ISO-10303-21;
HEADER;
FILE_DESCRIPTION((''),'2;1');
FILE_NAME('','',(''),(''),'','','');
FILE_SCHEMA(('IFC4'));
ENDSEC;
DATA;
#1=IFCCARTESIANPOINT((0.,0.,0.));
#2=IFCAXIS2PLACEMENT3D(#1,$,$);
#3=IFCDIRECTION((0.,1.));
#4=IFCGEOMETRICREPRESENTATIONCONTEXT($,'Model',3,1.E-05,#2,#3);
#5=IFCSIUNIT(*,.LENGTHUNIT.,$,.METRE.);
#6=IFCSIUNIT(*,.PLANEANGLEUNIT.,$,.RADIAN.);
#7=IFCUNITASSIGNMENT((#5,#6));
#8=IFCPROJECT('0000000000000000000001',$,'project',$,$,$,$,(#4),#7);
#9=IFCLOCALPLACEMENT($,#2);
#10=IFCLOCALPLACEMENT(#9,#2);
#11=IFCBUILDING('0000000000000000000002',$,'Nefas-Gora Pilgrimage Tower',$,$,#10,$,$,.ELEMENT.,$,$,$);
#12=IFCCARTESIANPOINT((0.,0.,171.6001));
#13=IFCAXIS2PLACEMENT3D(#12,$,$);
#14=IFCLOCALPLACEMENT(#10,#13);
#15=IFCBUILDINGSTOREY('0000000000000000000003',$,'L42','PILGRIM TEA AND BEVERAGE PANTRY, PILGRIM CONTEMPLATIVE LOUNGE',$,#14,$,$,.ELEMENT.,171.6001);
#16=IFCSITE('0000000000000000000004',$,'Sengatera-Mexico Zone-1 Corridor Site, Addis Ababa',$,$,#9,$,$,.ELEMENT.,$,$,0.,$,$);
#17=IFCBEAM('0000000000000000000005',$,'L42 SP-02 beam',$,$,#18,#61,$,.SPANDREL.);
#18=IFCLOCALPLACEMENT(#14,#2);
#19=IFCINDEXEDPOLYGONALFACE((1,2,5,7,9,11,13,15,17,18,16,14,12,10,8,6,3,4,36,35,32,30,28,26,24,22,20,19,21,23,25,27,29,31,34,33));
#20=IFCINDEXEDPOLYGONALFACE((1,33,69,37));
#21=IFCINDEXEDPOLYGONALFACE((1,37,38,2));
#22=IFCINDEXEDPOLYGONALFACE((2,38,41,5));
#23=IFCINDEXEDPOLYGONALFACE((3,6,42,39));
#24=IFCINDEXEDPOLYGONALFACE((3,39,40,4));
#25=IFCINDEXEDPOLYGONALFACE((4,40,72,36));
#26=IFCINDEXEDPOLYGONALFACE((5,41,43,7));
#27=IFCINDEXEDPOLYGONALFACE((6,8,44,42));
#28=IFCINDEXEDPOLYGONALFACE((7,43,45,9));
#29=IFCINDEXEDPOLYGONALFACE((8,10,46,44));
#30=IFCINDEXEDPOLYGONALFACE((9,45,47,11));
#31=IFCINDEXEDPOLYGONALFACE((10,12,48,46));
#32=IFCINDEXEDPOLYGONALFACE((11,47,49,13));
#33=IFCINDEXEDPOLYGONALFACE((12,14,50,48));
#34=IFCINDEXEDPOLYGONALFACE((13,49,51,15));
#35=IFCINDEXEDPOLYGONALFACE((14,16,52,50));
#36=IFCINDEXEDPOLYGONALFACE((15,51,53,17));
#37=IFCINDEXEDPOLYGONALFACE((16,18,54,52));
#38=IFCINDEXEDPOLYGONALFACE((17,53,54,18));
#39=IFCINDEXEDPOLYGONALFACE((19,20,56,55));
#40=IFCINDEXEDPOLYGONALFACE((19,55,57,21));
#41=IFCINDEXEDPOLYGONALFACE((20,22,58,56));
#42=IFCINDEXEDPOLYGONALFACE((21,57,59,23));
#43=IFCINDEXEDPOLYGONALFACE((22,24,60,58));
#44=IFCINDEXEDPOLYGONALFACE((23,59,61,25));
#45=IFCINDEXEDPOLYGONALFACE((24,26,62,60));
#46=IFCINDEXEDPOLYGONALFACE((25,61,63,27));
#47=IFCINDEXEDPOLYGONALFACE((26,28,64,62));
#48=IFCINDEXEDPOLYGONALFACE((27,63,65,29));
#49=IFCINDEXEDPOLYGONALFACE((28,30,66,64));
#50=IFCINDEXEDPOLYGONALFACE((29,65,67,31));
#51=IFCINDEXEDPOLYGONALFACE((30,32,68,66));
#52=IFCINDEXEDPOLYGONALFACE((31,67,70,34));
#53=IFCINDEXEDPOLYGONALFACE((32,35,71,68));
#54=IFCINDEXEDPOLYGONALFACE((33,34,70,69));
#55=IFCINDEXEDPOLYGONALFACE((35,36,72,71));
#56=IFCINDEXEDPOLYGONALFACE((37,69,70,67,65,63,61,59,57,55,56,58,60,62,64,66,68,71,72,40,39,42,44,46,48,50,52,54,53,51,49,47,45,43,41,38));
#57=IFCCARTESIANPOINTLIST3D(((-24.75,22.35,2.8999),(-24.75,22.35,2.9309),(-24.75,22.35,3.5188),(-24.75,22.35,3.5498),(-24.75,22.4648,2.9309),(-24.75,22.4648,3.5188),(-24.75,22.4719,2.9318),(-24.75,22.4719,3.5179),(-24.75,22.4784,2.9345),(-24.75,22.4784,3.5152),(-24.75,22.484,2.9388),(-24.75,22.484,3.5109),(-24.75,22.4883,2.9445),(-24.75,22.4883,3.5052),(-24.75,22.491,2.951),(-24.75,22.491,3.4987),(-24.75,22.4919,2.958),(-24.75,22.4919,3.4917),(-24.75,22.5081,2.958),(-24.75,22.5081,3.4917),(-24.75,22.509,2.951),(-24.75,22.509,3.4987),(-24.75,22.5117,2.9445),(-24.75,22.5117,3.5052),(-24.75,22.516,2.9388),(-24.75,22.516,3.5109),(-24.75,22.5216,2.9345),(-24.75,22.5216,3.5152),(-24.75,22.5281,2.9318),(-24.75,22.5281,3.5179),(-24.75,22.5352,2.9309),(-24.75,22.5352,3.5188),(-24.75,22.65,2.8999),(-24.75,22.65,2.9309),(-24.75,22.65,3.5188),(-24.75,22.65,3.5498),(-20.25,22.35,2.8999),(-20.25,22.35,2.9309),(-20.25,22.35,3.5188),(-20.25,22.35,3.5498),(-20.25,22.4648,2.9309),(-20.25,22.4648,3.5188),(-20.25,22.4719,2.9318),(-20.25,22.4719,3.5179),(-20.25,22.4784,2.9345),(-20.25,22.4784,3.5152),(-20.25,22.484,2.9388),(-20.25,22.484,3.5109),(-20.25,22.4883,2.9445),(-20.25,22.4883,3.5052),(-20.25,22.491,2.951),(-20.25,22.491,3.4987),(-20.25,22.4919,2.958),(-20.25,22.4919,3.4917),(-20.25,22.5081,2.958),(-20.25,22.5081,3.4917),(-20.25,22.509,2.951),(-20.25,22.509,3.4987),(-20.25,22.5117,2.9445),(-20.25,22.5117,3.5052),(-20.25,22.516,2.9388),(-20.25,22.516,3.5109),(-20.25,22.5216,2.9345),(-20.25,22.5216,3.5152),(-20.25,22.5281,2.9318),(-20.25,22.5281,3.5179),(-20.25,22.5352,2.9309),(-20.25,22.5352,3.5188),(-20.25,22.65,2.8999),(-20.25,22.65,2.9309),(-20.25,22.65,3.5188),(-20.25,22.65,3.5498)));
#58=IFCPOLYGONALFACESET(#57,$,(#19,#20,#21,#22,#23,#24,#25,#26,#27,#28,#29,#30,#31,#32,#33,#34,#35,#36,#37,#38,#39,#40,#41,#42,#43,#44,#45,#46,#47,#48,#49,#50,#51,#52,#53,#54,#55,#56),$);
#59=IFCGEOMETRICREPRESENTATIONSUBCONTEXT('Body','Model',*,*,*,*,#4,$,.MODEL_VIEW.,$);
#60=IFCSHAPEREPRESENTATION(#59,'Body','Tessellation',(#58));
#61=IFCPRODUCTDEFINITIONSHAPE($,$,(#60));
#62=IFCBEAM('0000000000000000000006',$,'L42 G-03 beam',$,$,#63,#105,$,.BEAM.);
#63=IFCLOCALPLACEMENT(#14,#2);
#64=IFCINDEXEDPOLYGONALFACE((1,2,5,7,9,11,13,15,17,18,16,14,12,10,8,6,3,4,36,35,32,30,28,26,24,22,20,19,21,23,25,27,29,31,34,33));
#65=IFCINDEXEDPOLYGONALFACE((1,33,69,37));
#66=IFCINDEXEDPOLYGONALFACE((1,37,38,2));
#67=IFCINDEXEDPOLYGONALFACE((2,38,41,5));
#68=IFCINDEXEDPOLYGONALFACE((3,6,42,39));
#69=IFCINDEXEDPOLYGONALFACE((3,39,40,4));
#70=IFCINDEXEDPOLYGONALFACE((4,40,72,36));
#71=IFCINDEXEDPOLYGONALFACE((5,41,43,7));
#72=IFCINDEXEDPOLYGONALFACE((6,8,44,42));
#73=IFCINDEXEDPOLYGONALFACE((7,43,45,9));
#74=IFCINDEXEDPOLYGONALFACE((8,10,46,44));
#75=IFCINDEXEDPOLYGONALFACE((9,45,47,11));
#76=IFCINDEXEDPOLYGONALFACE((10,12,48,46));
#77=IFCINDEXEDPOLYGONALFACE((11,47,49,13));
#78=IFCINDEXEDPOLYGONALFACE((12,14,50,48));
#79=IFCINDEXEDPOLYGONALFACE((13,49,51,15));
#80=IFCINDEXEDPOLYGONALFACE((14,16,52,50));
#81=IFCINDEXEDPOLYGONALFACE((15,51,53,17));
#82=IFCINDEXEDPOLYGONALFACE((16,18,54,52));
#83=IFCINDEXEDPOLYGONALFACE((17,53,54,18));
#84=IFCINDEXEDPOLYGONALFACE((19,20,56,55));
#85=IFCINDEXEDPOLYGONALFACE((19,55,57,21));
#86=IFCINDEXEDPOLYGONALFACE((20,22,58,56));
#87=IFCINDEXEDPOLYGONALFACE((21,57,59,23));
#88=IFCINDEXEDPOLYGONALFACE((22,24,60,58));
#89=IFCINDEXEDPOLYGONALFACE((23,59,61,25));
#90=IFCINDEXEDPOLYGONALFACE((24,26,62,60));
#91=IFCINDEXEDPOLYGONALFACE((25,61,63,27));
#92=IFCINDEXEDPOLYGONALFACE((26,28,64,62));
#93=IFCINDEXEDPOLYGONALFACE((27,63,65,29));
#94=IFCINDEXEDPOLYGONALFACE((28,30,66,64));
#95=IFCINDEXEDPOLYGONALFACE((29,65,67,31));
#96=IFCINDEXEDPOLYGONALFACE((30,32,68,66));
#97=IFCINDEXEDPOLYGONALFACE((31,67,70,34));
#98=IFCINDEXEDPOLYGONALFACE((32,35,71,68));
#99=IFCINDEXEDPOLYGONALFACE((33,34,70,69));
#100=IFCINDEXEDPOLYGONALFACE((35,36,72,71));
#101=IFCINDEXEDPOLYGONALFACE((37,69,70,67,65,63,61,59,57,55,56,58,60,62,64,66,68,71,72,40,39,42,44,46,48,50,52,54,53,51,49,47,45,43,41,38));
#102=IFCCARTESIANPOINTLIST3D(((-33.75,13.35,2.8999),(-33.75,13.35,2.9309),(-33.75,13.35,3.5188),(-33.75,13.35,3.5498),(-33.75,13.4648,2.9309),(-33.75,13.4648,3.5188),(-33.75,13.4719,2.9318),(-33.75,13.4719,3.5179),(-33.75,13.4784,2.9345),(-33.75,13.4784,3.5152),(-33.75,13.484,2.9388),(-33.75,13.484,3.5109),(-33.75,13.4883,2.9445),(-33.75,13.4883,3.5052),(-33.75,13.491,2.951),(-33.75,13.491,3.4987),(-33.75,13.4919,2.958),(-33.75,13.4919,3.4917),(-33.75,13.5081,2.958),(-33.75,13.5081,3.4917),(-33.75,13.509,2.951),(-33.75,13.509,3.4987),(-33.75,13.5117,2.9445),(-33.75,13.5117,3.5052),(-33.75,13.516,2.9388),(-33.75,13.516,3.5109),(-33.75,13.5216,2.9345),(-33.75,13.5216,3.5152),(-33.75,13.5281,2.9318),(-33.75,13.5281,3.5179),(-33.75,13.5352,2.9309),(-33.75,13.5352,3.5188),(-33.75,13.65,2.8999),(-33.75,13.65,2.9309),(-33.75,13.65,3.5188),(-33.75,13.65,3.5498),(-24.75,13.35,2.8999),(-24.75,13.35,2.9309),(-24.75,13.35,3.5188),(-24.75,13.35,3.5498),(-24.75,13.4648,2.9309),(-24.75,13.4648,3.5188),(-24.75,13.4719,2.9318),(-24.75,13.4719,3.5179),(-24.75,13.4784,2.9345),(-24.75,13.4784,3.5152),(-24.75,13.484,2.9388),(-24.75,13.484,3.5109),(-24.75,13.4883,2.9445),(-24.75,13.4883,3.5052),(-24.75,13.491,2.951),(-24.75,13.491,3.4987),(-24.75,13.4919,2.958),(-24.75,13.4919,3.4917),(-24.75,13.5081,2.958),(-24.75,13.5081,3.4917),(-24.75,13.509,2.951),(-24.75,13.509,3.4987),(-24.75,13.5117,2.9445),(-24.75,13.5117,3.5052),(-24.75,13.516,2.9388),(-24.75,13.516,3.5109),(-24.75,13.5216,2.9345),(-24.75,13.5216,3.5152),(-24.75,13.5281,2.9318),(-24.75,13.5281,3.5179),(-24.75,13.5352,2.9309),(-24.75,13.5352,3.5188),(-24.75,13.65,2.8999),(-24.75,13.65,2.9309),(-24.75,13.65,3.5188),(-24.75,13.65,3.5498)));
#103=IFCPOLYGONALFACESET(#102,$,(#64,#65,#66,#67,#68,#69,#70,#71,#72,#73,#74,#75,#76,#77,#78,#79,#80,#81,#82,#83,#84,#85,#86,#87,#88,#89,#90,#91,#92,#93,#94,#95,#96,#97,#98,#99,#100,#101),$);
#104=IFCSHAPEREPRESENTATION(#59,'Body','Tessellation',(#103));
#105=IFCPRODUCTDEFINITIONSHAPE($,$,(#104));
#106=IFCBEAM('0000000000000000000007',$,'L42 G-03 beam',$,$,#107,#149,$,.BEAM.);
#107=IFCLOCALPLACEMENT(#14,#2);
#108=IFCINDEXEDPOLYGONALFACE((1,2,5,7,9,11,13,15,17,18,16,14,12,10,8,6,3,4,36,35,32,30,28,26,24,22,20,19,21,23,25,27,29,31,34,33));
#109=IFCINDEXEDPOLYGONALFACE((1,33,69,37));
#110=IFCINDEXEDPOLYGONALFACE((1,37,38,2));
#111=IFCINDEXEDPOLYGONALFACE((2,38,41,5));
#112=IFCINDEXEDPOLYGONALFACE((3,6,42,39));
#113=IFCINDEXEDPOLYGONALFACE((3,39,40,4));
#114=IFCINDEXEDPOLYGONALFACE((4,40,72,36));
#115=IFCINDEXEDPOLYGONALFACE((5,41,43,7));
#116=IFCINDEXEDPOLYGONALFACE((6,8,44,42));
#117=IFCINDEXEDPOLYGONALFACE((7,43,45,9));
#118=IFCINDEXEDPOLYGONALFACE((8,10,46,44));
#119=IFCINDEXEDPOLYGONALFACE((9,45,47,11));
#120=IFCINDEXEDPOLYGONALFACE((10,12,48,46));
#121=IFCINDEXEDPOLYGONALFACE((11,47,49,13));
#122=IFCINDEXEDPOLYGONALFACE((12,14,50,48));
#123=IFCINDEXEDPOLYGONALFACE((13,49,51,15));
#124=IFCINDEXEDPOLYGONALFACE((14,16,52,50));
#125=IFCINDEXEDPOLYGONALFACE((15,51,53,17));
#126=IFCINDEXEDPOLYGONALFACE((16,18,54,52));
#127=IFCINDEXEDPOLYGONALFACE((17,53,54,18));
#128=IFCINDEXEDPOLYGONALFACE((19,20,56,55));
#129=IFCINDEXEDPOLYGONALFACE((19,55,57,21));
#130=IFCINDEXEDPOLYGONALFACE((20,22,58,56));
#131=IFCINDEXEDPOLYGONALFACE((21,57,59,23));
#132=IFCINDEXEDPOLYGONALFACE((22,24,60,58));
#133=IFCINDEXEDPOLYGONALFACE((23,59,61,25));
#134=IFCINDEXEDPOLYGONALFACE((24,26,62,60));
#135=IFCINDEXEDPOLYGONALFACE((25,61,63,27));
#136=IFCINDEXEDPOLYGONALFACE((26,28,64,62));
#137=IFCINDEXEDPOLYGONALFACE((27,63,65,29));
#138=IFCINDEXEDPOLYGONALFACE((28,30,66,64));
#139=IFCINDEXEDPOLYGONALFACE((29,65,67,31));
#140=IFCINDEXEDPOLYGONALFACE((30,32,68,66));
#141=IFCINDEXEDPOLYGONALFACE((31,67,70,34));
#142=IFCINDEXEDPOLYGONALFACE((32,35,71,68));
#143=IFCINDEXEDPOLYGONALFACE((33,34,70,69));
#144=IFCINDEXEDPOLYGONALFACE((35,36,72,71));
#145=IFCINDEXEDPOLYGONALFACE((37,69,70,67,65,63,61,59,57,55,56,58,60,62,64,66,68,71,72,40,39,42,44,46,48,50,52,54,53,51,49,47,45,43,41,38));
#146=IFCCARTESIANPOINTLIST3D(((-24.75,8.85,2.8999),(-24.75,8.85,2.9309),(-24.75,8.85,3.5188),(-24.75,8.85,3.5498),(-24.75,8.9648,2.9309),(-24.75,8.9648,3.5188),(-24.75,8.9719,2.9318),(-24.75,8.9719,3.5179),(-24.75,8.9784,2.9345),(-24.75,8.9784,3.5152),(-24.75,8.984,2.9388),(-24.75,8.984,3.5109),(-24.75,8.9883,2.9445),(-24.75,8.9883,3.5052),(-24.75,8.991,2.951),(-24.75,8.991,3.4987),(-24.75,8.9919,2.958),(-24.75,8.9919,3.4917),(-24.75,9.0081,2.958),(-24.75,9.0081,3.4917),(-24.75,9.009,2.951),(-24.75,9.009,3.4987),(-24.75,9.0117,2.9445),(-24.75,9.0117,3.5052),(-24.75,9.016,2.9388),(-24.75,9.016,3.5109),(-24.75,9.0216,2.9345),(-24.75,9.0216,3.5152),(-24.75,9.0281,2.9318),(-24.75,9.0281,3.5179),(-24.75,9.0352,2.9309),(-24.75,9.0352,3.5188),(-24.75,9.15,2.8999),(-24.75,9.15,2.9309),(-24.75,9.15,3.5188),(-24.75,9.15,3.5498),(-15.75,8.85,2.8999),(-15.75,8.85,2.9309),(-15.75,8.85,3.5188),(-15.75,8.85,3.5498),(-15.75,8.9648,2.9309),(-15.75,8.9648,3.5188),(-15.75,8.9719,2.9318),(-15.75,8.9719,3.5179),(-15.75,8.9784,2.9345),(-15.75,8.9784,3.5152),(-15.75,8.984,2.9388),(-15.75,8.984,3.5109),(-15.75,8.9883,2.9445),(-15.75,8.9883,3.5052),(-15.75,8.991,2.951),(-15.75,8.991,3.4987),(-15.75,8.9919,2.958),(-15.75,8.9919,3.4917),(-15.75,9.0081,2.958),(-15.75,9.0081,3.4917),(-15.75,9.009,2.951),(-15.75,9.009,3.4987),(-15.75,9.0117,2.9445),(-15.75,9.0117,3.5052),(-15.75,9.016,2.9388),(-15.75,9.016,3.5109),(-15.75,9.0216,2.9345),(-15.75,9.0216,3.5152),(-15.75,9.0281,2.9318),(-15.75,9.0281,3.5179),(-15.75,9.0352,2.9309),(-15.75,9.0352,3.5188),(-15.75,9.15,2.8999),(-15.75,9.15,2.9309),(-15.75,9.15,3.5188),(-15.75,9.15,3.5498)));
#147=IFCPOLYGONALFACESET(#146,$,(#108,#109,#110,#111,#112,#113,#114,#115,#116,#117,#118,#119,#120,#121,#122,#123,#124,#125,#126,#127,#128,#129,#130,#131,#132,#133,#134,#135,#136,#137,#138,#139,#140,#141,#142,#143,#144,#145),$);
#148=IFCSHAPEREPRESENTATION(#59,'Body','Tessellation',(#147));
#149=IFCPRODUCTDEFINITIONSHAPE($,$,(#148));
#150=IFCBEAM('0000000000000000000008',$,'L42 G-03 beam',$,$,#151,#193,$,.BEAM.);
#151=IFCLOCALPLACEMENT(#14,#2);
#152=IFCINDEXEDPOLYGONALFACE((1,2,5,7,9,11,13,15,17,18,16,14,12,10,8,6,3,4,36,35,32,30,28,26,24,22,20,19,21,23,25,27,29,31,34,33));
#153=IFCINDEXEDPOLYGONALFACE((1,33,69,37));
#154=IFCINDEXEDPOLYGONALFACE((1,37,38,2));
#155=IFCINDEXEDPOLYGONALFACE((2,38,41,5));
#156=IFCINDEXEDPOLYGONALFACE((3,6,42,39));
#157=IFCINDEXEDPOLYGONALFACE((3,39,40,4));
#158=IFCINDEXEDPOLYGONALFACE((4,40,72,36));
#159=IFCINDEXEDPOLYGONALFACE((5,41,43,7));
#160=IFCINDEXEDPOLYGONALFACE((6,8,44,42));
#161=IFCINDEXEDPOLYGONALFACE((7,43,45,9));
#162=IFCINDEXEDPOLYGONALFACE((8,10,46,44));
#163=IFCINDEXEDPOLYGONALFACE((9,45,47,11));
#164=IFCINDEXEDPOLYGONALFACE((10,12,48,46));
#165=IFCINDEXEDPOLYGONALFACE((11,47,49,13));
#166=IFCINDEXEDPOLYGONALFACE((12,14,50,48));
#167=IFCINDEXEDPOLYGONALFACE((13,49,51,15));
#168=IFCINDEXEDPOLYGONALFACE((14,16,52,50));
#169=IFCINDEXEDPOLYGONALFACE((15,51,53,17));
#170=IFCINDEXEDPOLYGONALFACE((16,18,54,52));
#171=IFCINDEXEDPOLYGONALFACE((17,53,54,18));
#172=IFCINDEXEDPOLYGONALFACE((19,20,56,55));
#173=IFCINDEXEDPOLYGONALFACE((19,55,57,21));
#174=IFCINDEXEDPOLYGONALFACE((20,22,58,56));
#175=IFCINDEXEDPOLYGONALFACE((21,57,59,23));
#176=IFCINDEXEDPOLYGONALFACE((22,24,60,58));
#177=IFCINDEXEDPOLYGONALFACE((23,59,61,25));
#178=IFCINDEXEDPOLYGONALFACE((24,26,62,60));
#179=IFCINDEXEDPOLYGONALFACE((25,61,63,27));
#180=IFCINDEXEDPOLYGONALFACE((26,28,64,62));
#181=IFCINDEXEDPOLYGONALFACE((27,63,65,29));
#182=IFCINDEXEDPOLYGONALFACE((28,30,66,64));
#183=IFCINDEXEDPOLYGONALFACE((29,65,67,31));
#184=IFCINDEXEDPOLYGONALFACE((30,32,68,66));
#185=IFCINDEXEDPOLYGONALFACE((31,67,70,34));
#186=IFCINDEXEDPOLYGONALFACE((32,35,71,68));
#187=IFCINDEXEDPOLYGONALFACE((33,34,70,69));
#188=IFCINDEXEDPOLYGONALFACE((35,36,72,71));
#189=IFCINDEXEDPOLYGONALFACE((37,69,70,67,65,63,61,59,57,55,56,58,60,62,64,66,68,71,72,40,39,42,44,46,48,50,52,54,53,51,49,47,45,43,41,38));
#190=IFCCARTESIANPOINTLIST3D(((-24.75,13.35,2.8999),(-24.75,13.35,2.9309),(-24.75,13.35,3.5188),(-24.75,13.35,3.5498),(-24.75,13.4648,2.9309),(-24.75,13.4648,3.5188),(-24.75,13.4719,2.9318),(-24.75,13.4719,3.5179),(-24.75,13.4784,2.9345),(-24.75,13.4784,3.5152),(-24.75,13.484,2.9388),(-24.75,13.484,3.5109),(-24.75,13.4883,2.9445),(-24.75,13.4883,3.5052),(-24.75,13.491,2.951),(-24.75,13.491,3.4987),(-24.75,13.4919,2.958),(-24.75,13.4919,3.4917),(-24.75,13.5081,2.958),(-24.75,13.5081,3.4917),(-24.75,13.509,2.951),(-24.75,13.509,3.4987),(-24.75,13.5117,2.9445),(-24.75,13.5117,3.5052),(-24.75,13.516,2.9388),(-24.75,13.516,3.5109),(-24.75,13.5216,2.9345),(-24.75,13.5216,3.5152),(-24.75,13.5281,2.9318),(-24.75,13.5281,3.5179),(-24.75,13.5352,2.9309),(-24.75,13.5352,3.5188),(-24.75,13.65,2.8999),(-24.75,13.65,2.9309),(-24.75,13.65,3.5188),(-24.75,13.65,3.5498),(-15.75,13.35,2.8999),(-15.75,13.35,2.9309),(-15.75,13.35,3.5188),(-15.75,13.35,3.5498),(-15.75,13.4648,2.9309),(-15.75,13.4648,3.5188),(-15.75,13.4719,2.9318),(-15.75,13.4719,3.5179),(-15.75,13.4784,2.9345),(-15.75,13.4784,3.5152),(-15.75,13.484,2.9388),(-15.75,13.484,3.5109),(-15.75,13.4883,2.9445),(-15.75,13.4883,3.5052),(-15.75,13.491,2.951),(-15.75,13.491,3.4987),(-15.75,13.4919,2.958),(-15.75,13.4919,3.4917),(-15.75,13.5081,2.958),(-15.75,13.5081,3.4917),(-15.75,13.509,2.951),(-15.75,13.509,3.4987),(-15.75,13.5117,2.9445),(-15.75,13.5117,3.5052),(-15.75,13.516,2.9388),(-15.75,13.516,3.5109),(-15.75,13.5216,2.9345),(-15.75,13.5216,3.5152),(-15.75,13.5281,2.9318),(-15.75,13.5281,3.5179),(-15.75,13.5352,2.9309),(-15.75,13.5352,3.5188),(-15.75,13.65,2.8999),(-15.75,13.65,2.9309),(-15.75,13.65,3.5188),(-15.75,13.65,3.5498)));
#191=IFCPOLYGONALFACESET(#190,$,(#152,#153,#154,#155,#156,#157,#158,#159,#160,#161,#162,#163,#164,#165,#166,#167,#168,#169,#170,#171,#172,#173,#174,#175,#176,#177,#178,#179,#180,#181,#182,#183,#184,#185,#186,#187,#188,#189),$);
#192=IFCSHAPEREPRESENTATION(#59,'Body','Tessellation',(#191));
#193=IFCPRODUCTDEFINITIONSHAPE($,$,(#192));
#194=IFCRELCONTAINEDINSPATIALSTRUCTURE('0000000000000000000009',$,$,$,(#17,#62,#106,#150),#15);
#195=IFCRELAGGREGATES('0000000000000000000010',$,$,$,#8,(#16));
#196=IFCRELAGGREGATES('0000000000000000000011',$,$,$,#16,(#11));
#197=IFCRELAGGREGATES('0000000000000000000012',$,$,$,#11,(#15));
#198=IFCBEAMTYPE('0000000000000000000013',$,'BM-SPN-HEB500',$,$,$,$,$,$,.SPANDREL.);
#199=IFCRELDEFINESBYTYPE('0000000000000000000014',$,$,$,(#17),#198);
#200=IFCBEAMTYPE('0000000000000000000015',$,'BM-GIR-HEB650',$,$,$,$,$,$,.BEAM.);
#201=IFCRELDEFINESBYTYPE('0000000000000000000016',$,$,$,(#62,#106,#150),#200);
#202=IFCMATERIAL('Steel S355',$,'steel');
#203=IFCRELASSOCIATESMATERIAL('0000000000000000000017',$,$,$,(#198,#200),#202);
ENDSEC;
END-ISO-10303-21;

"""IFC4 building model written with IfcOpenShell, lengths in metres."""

from ifc_helpers import new_model, si_unit, direction, frame, origin, origin_2d, place, context, subcontext, project, spatial, i_section, extrude, source, transform, mapped, material, material_profile, profile_set, type_object, element, save


model = new_model("IFC4")

# Units and contexts
model_context = context("Model", 3, precision=1e-05, world=origin(), true_north=direction((0.0, 1.0)))
body_context = subcontext(model_context, "Body", "Model", "MODEL_VIEW")
ifc_project = project(units=[si_unit("LENGTHUNIT", "METRE"), si_unit("PLANEANGLEUNIT", "RADIAN")], contexts=[model_context])

# Site, building, storey
site_placement = place(None, origin())
site = spatial("IfcSite", under=ifc_project, at=site_placement, Name="Sengatera-Mexico Zone-1 Corridor Site, Addis Ababa", CompositionType="ELEMENT", RefElevation=0.0)
building_placement = place(site_placement, origin())
building = spatial("IfcBuilding", under=site, at=building_placement, Name="Nefas-Gora Pilgrimage Tower", CompositionType="ELEMENT")
storey_placement = place(building_placement, frame((0.0, 0.0, 171.6001)))
storey = spatial("IfcBuildingStorey", under=building, at=storey_placement, Name="L42", Description="PILGRIM TEA AND BEVERAGE PANTRY, PILGRIM CONTEMPLATIVE LOUNGE", CompositionType="ELEMENT", Elevation=171.6001)

# Beams
ifc_material_1 = material(Name="Steel S355", Category="steel")
ifc_material_profile_1 = material_profile(ifc_material_1, i_section(OverallWidth=0.3, OverallDepth=0.6499, WebThickness=0.0161, FlangeThickness=0.031, FilletRadius=0.0271, at=origin_2d()), Name="HEB 650")
ifc_profile_set_1 = profile_set([ifc_material_profile_1], Name="Steel S355")
beam_type_1 = type_object("IfcBeamType", Name="BM-SPN-HEB500", PredefinedType="SPANDREL", material=ifc_profile_set_1)
shared_shape_1 = source(origin(), body_context, "Body", "SweptSolid", [
    extrude(i_section(OverallWidth=0.3, OverallDepth=0.6499, WebThickness=0.0161, FlangeThickness=0.031, FilletRadius=0.0271, at=origin_2d()), origin(), (0.0, 0.0, 1.0), 4.5),
])
beam_placement = place(storey_placement, frame((-24.75, 22.5, 3.2249), z_axis=(1.0, 0.0, 0.0), x_axis=(0.0, 1.0, 0.0)))
element("IfcBeam", 1, at=beam_placement, inside=storey, type_object=beam_type_1, Name="L42 SP-02 beam", PredefinedType="SPANDREL", context=body_context, shape_type="MappedRepresentation", body=[
    mapped(shared_shape_1, transform((0.0, 0.0, 0.0), x_axis=(1.0, 0.0, 0.0), y_axis=(0.0, 1.0, 0.0), z_axis=(0.0, 0.0, 1.0), scale=1.0)),
])
ifc_material_profile_2 = material_profile(ifc_material_1, i_section(OverallWidth=0.3, OverallDepth=0.6499, WebThickness=0.0161, FlangeThickness=0.031, FilletRadius=0.0271, at=origin_2d()), Name="HEB 650")
ifc_profile_set_2 = profile_set([ifc_material_profile_2], Name="Steel S355")
beam_type_2 = type_object("IfcBeamType", Name="BM-GIR-HEB650", PredefinedType="BEAM", material=ifc_profile_set_2)
shared_shape_2 = source(origin(), body_context, "Body", "SweptSolid", [
    extrude(i_section(OverallWidth=0.3, OverallDepth=0.6499, WebThickness=0.0161, FlangeThickness=0.031, FilletRadius=0.0271, at=origin_2d()), origin(), (0.0, 0.0, 1.0), 9.0),
])
for number, where, z_axis, x_axis, name in (
    (2, (-33.75, 13.5, 3.2249), (1.0, 0.0, 0.0), (0.0, 1.0, 0.0), "L42 G-03 beam"),
    (3, (-24.75, 9.0, 3.2249), (1.0, 0.0, 0.0), (0.0, 1.0, 0.0), "L42 G-03 beam"),
    (4, (-24.75, 13.5, 3.2249), (1.0, 0.0, 0.0), (0.0, 1.0, 0.0), "L42 G-03 beam"),
):
    element("IfcBeam", number, at=place(storey_placement, frame(where, z_axis=z_axis, x_axis=x_axis)), inside=storey, type_object=beam_type_2, Name=name, PredefinedType="BEAM", context=body_context, shape_type="MappedRepresentation", body=[
        mapped(shared_shape_2, transform((0.0, 0.0, 0.0), x_axis=(1.0, 0.0, 0.0), y_axis=(0.0, 1.0, 0.0), z_axis=(0.0, 0.0, 1.0), scale=1.0)),
    ])

save(model, "model.ifc")
